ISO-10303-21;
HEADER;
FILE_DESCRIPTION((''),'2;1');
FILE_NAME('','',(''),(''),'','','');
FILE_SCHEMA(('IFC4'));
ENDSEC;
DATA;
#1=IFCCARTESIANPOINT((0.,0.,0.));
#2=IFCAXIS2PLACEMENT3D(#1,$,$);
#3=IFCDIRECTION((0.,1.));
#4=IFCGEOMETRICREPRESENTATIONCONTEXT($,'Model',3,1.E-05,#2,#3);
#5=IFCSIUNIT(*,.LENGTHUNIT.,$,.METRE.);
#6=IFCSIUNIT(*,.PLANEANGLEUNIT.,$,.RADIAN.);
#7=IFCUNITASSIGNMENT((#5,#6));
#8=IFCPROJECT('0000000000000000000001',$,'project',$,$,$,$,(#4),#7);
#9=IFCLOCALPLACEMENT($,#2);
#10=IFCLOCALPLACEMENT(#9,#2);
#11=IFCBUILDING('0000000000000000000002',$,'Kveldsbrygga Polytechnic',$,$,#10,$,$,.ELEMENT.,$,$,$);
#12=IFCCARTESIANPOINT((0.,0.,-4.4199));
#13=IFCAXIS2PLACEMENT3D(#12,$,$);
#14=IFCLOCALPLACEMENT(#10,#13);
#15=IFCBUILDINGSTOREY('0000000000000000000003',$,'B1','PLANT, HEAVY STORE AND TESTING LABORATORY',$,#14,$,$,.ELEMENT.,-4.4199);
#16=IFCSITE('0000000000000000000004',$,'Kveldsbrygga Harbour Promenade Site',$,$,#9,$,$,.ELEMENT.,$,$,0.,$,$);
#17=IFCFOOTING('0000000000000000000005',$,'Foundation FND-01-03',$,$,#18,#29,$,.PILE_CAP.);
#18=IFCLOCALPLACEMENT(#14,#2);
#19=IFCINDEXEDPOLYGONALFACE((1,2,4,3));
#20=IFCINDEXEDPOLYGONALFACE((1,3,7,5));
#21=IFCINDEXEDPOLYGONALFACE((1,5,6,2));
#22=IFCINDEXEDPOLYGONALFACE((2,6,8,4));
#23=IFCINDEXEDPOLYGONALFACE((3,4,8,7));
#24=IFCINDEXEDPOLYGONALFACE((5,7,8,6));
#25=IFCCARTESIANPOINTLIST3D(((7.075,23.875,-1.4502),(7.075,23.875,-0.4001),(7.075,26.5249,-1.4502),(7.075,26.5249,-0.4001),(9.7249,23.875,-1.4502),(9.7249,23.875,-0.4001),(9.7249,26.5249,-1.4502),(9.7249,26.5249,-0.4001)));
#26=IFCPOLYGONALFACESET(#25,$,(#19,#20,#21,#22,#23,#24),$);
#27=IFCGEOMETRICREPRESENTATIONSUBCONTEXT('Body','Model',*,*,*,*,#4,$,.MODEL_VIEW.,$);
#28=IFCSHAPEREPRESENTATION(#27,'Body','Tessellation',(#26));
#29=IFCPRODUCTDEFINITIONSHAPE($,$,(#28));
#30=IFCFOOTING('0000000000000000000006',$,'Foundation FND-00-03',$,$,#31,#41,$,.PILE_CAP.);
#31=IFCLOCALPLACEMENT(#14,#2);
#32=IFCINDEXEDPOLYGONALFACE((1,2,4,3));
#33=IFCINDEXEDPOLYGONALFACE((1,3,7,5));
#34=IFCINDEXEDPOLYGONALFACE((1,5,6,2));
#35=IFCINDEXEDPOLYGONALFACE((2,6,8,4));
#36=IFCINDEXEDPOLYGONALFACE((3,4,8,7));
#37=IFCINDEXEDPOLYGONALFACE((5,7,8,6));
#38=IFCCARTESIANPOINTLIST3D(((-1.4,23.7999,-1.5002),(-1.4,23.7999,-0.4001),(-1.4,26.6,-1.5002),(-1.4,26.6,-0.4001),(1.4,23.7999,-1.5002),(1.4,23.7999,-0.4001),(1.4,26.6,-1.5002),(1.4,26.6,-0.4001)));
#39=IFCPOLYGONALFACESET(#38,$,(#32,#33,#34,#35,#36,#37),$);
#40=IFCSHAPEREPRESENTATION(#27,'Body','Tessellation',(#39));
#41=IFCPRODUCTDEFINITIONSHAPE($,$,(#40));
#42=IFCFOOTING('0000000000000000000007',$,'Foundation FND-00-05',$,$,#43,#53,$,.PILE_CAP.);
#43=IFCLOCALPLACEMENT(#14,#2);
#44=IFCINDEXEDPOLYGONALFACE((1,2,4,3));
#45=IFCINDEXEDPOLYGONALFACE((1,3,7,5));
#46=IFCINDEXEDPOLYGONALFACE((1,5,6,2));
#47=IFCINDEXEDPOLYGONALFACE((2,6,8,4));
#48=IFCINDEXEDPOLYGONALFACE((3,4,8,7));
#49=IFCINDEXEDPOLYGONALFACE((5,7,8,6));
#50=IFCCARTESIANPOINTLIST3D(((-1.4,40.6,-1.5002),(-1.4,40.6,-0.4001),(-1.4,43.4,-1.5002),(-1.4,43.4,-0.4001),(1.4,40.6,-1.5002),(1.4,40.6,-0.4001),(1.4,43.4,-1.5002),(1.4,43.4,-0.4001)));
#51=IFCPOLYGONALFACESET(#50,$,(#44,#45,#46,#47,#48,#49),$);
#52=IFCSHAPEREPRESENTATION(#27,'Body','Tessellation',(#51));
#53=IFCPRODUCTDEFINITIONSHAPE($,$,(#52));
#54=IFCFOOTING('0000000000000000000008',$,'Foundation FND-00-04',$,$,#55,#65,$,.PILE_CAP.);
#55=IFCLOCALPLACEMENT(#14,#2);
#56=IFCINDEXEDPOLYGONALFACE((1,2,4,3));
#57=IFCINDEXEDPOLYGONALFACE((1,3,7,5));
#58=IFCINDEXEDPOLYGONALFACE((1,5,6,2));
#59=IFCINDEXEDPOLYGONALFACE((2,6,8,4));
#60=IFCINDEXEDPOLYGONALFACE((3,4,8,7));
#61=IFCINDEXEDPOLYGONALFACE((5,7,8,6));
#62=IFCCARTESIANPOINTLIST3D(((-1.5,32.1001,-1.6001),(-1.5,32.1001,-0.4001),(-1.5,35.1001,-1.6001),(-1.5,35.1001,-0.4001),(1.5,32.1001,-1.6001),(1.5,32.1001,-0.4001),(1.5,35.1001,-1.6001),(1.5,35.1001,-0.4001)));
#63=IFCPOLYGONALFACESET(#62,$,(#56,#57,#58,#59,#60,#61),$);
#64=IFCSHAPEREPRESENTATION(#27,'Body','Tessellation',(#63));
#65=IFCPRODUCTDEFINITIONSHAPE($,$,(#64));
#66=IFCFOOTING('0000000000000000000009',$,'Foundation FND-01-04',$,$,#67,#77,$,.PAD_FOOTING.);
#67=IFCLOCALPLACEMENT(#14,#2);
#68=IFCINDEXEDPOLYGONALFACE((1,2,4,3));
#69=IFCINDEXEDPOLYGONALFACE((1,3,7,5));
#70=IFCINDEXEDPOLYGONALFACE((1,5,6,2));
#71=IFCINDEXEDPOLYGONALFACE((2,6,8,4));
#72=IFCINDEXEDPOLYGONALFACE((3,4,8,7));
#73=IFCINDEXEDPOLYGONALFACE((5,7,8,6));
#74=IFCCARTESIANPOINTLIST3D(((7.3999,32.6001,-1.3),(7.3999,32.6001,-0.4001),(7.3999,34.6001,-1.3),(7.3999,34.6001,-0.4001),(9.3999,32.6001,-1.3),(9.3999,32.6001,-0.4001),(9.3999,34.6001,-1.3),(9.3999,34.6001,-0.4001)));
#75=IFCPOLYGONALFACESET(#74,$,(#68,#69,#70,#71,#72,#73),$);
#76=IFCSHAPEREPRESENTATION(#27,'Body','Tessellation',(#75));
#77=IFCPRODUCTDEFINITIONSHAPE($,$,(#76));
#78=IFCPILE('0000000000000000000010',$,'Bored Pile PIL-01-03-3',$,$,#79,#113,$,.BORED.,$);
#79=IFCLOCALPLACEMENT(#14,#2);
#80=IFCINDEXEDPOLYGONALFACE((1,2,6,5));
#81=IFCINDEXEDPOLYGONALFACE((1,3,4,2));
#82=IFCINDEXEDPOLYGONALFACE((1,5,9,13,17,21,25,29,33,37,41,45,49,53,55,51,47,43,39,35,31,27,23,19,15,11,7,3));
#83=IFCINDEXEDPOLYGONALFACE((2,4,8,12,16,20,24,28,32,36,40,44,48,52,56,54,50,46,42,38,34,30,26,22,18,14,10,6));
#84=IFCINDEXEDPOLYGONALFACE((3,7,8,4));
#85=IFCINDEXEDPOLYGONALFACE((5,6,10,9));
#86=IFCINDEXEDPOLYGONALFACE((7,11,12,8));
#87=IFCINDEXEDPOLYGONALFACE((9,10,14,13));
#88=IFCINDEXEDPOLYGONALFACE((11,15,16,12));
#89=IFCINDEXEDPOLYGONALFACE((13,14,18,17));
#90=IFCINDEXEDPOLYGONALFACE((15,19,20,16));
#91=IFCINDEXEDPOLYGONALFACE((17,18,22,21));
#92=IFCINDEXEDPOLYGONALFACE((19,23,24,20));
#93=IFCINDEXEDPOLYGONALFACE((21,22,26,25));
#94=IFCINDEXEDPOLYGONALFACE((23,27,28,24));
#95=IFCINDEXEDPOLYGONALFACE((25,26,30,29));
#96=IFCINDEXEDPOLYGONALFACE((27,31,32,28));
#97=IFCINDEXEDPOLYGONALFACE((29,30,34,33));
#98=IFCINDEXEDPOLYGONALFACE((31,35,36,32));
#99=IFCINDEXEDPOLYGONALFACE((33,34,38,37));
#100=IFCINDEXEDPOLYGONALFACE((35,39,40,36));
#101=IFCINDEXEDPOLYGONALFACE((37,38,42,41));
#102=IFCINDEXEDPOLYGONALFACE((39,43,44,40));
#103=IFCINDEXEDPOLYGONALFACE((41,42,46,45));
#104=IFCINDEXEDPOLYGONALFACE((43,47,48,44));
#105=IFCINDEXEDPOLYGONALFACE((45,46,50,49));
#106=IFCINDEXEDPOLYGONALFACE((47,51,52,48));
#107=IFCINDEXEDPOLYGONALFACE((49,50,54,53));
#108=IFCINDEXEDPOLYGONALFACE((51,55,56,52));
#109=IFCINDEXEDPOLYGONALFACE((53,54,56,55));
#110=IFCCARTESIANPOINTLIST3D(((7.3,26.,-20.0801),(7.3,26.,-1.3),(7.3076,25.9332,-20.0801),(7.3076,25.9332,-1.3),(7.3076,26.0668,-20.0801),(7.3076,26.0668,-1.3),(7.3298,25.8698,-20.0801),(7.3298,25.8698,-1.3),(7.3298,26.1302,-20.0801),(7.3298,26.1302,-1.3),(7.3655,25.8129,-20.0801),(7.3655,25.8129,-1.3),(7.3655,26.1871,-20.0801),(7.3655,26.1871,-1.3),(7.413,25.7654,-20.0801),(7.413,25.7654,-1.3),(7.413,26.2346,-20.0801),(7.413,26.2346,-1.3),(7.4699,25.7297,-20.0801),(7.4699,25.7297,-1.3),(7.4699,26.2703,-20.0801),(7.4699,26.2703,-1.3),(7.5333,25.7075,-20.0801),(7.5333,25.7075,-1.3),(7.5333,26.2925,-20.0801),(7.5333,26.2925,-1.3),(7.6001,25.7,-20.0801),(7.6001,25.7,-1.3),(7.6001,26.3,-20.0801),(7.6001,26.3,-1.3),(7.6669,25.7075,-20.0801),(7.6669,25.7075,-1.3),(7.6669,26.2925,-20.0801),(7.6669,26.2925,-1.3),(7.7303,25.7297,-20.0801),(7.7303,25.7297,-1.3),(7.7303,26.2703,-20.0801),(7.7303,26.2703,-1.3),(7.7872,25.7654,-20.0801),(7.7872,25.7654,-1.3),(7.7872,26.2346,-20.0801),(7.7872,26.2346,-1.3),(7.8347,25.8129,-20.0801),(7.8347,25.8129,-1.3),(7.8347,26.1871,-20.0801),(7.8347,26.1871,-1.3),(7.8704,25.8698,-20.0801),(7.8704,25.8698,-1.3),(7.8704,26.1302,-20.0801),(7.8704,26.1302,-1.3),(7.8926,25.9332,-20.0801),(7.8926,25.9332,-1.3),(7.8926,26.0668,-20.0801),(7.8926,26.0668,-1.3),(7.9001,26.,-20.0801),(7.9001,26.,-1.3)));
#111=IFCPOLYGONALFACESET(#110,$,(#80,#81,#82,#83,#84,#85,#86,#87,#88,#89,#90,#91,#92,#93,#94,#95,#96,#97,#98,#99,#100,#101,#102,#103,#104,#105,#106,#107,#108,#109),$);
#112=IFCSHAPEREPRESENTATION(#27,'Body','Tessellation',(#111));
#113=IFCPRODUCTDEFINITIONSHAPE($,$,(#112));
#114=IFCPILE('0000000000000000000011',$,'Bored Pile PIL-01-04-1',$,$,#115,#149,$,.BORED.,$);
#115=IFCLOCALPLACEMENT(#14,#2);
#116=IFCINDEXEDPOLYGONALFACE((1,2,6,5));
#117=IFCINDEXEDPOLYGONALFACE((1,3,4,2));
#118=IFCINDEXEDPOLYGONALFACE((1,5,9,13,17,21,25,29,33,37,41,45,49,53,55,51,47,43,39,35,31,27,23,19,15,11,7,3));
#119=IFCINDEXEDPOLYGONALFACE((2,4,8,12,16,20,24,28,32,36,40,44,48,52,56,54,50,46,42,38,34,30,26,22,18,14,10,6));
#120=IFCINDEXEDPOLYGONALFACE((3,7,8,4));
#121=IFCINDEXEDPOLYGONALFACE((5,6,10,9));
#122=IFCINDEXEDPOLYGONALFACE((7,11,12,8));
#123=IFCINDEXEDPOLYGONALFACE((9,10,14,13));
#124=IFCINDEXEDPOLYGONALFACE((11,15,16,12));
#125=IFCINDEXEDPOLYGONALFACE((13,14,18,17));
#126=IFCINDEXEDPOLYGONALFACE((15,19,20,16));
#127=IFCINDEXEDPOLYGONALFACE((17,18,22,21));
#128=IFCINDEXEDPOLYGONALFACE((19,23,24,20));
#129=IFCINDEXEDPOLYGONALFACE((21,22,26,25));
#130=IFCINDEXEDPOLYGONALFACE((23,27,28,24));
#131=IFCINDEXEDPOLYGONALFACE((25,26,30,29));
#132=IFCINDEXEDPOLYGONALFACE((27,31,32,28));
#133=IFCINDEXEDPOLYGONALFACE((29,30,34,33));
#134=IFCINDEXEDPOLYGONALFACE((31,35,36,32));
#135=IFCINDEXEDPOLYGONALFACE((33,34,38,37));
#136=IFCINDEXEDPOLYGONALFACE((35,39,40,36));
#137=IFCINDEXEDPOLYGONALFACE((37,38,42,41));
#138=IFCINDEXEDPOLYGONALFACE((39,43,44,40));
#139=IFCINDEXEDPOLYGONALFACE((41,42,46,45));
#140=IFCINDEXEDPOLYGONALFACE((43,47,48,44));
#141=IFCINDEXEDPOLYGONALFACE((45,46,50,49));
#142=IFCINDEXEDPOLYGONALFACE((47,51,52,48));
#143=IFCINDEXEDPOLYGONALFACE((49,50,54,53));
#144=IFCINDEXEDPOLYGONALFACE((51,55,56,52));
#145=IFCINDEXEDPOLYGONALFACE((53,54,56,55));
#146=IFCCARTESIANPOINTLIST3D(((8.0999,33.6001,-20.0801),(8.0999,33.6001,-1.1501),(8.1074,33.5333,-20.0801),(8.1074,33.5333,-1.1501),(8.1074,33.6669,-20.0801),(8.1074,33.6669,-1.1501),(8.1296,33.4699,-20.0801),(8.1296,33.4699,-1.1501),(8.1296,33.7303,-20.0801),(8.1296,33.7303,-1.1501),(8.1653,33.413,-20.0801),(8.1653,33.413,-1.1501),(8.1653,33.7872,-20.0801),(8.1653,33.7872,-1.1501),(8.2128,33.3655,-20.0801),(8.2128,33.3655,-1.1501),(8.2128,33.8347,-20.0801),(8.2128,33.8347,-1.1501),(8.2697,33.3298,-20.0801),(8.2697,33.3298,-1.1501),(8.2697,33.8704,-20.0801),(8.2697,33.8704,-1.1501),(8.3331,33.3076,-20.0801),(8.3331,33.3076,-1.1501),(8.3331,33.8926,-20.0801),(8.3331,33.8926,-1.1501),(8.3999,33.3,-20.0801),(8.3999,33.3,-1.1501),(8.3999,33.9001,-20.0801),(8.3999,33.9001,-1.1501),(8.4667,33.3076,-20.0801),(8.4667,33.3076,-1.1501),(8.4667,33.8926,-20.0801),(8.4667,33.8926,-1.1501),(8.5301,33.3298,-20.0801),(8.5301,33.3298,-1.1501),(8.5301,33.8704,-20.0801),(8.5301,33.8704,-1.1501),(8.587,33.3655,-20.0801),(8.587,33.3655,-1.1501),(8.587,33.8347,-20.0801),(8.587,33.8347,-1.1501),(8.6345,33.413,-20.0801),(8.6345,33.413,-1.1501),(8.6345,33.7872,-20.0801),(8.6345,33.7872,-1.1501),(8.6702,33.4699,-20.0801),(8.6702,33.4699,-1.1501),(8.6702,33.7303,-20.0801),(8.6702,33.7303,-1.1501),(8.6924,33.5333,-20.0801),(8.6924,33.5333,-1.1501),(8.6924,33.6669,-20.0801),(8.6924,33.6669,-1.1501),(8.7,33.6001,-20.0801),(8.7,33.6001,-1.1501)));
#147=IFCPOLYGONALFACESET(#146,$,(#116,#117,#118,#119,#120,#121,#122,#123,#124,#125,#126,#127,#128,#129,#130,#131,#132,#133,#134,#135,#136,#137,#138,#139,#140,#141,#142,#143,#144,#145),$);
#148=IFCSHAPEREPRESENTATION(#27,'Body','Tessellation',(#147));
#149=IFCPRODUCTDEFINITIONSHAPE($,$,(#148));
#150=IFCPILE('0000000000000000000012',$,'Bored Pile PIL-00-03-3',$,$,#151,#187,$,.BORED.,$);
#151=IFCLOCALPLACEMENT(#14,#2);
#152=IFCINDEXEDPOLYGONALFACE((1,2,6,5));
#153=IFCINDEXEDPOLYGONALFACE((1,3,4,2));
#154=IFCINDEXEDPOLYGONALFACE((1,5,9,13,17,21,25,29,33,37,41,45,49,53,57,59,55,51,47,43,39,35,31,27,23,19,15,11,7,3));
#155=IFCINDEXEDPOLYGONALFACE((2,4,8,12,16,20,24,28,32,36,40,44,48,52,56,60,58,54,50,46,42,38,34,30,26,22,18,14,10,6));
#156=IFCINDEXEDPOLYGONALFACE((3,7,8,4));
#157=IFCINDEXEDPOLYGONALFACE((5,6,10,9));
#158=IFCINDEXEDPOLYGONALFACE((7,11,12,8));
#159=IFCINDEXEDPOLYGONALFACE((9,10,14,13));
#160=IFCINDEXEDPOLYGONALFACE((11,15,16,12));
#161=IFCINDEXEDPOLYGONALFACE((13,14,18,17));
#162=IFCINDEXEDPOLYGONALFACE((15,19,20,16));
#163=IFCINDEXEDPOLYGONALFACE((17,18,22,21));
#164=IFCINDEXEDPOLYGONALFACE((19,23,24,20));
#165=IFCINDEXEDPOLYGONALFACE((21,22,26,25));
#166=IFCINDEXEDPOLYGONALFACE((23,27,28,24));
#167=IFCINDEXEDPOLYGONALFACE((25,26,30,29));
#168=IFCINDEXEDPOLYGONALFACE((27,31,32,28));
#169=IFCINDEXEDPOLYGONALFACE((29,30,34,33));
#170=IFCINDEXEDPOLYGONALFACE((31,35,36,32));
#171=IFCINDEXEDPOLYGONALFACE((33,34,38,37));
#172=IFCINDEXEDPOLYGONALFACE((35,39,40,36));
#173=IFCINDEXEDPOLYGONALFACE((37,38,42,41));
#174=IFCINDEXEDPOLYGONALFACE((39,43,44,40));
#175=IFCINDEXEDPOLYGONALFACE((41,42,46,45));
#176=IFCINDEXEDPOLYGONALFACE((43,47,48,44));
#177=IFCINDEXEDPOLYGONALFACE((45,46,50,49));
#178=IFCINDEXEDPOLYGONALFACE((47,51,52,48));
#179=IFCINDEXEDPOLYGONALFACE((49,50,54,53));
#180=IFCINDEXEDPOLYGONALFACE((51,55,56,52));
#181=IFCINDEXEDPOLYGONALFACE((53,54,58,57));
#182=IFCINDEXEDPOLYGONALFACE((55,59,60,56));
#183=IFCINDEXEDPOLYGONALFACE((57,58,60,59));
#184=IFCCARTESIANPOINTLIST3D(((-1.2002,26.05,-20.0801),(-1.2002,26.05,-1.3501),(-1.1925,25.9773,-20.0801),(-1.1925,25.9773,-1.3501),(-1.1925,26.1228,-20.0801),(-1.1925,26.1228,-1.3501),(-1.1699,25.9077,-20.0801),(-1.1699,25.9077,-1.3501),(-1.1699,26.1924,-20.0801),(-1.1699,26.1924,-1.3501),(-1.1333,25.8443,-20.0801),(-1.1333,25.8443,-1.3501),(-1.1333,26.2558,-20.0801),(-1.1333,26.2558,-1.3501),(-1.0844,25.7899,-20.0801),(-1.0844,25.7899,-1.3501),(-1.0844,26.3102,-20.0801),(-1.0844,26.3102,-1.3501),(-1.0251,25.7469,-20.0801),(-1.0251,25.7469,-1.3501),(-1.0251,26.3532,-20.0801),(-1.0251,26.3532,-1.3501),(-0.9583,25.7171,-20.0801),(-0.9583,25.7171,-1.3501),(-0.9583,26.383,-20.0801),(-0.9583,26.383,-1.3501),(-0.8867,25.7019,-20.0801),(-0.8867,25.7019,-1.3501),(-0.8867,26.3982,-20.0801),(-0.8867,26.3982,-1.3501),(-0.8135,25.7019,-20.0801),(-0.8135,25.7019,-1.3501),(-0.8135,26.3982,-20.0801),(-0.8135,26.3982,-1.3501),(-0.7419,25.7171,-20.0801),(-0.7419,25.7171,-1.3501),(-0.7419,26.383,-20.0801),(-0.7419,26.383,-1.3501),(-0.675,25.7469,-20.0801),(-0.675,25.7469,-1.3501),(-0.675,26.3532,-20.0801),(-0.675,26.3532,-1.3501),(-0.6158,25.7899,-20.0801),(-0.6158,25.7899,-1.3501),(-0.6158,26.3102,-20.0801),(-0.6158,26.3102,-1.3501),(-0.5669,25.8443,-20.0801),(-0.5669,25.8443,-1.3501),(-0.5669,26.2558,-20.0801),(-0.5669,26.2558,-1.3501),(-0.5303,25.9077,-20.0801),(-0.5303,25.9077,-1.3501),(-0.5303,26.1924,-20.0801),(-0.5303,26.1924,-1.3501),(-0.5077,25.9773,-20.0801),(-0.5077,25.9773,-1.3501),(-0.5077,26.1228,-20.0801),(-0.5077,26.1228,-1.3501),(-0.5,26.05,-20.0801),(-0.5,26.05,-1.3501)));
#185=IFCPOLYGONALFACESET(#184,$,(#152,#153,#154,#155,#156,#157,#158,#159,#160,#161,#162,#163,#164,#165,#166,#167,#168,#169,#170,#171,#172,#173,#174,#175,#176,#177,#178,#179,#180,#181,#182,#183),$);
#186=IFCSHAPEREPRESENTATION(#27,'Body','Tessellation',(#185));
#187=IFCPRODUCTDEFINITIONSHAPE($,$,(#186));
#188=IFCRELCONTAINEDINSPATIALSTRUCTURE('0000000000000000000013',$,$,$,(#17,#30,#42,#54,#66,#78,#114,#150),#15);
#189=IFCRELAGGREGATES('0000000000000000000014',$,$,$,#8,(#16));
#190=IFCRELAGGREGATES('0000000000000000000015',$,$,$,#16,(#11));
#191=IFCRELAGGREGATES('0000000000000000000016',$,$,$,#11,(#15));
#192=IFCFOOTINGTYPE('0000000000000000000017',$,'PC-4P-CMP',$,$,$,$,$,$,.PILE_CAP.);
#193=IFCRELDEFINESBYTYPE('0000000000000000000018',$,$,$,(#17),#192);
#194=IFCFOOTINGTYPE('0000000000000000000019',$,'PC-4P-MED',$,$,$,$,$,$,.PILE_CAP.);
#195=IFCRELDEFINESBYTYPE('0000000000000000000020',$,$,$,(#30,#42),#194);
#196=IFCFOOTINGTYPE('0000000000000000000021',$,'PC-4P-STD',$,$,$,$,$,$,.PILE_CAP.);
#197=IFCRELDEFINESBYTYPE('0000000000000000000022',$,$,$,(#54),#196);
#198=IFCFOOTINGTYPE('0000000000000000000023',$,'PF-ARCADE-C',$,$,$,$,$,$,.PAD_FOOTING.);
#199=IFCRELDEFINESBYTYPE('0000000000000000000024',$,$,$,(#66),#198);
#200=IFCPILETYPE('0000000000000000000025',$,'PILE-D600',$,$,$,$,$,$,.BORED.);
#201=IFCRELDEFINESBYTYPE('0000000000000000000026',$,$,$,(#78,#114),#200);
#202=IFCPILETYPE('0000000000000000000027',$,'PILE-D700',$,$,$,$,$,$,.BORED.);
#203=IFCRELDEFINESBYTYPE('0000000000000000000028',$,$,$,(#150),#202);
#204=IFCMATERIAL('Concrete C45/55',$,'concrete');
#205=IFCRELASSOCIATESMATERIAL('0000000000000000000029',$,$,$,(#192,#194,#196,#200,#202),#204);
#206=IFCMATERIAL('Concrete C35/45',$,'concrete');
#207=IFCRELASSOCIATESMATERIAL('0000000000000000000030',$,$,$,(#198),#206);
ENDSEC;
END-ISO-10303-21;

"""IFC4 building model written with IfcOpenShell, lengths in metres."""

from ifc_helpers import new_model, si_unit, direction, frame, origin, origin_2d, place, context, subcontext, project, spatial, rectangle, circle, extrude, material, material_profile, profile_set, type_object, element, save


model = new_model("IFC4")

# Units and contexts
model_context = context("Model", 3, precision=1e-05, world=origin(), true_north=direction((0.0, 1.0)))
body_context = subcontext(model_context, "Body", "Model", "MODEL_VIEW")
ifc_project = project(units=[si_unit("LENGTHUNIT", "METRE"), si_unit("PLANEANGLEUNIT", "RADIAN")], contexts=[model_context])

# Site, building, storey
site_placement = place(None, origin())
site = spatial("IfcSite", under=ifc_project, at=site_placement, Name="Kveldsbrygga Harbour Promenade Site", CompositionType="ELEMENT", RefElevation=0.0)
building_placement = place(site_placement, origin())
building = spatial("IfcBuilding", under=site, at=building_placement, Name="Kveldsbrygga Polytechnic", CompositionType="ELEMENT")
storey_placement = place(building_placement, frame((0.0, 0.0, -4.4199)))
storey = spatial("IfcBuildingStorey", under=building, at=storey_placement, Name="B1", Description="PLANT, HEAVY STORE AND TESTING LABORATORY", CompositionType="ELEMENT", Elevation=-4.4199)

# Footings
ifc_material_1 = material(Name="Concrete C45/55", Category="concrete")
footing_type_1 = type_object("IfcFootingType", Name="PC-4P-CMP", PredefinedType="PILE_CAP", material=ifc_material_1)
footing_1_placement = place(storey_placement, frame((8.3999, 25.2, -1.4502), z_axis=(0.0, 0.0, 1.0), x_axis=(1.0, 0.0, 0.0)))
element("IfcFooting", 1, at=footing_1_placement, inside=storey, type_object=footing_type_1, Name="Foundation FND-01-03", PredefinedType="PILE_CAP", context=body_context, shape_type="SweptSolid", body=[
    extrude(rectangle(XDim=2.6499, YDim=2.6499, at=origin_2d()), origin(), (0.0, 0.0, 1.0), 1.05),
])
footing_type_2 = type_object("IfcFootingType", Name="PC-4P-MED", PredefinedType="PILE_CAP", material=ifc_material_1)
for number, where, z_axis, x_axis, name in (
    (2, (0.0, 25.2, -1.5002), (0.0, 0.0, 1.0), (1.0, 0.0, 0.0), "Foundation FND-00-03"),
    (3, (0.0, 42.0, -1.5002), (0.0, 0.0, 1.0), (1.0, 0.0, 0.0), "Foundation FND-00-05"),
):
    element("IfcFooting", number, at=place(storey_placement, frame(where, z_axis=z_axis, x_axis=x_axis)), inside=storey, type_object=footing_type_2, Name=name, PredefinedType="PILE_CAP", context=body_context, shape_type="SweptSolid", body=[
        extrude(rectangle(XDim=2.8, YDim=2.8, at=origin_2d()), origin(), (0.0, 0.0, 1.0), 1.1001),
    ])
footing_type_3 = type_object("IfcFootingType", Name="PC-4P-STD", PredefinedType="PILE_CAP", material=ifc_material_1)
footing_2_placement = place(storey_placement, frame((0.0, 33.6001, -1.6001), z_axis=(0.0, 0.0, 1.0), x_axis=(1.0, 0.0, 0.0)))
element("IfcFooting", 4, at=footing_2_placement, inside=storey, type_object=footing_type_3, Name="Foundation FND-00-04", PredefinedType="PILE_CAP", context=body_context, shape_type="SweptSolid", body=[
    extrude(rectangle(XDim=3.0, YDim=3.0, at=origin_2d()), origin(), (0.0, 0.0, 1.0), 1.2),
])
ifc_material_2 = material(Name="Concrete C35/45", Category="concrete")
footing_type_4 = type_object("IfcFootingType", Name="PF-ARCADE-C", PredefinedType="PAD_FOOTING", material=ifc_material_2)
footing_3_placement = place(storey_placement, frame((8.3999, 33.6001, -1.3), z_axis=(0.0, 0.0, 1.0), x_axis=(1.0, 0.0, 0.0)))
element("IfcFooting", 5, at=footing_3_placement, inside=storey, type_object=footing_type_4, Name="Foundation FND-01-04", PredefinedType="PAD_FOOTING", context=body_context, shape_type="SweptSolid", body=[
    extrude(rectangle(XDim=2.0, YDim=2.0, at=origin_2d()), origin(), (0.0, 0.0, 1.0), 0.8999),
])

# Piles
ifc_material_profile_1 = material_profile(ifc_material_1, circle(Radius=0.3, at=origin_2d()), Name="PILE D600")
ifc_profile_set_1 = profile_set([ifc_material_profile_1], Name="Concrete C45/55")
pile_type_1 = type_object("IfcPileType", Name="PILE-D600", PredefinedType="BORED", material=ifc_profile_set_1)
pile_1_placement = place(storey_placement, frame((7.6001, 26.0, -1.3), z_axis=(0.0, 0.0, -1.0), x_axis=(1.0, 0.0, 0.0)))
element("IfcPile", 6, at=pile_1_placement, inside=storey, type_object=pile_type_1, Name="Bored Pile PIL-01-03-3", PredefinedType="BORED", context=body_context, shape_type="SweptSolid", body=[
    extrude(circle(Radius=0.3, at=origin_2d()), origin(), (0.0, 0.0, 1.0), 18.78),
])
pile_2_placement = place(storey_placement, frame((8.3999, 33.6001, -1.1501), z_axis=(0.0, 0.0, -1.0), x_axis=(1.0, 0.0, 0.0)))
element("IfcPile", 7, at=pile_2_placement, inside=storey, type_object=pile_type_1, Name="Bored Pile PIL-01-04-1", PredefinedType="BORED", context=body_context, shape_type="SweptSolid", body=[
    extrude(circle(Radius=0.3, at=origin_2d()), origin(), (0.0, 0.0, 1.0), 18.9299),
])
ifc_material_profile_2 = material_profile(ifc_material_1, circle(Radius=0.3501, at=origin_2d()), Name="PILE D700")
ifc_profile_set_2 = profile_set([ifc_material_profile_2], Name="Concrete C45/55")
pile_type_2 = type_object("IfcPileType", Name="PILE-D700", PredefinedType="BORED", material=ifc_profile_set_2)
for number, where, z_axis, x_axis, name in (
    (8, (-0.8501, 26.05, -1.3501), (0.0, 0.0, -1.0), (1.0, 0.0, 0.0), "Bored Pile PIL-00-03-3"),
):
    element("IfcPile", number, at=place(storey_placement, frame(where, z_axis=z_axis, x_axis=x_axis)), inside=storey, type_object=pile_type_2, Name=name, PredefinedType="BORED", context=body_context, shape_type="SweptSolid", body=[
        extrude(circle(Radius=0.3501, at=origin_2d()), origin(), (0.0, 0.0, 1.0), 18.73),
    ])

save(model, "model.ifc")
